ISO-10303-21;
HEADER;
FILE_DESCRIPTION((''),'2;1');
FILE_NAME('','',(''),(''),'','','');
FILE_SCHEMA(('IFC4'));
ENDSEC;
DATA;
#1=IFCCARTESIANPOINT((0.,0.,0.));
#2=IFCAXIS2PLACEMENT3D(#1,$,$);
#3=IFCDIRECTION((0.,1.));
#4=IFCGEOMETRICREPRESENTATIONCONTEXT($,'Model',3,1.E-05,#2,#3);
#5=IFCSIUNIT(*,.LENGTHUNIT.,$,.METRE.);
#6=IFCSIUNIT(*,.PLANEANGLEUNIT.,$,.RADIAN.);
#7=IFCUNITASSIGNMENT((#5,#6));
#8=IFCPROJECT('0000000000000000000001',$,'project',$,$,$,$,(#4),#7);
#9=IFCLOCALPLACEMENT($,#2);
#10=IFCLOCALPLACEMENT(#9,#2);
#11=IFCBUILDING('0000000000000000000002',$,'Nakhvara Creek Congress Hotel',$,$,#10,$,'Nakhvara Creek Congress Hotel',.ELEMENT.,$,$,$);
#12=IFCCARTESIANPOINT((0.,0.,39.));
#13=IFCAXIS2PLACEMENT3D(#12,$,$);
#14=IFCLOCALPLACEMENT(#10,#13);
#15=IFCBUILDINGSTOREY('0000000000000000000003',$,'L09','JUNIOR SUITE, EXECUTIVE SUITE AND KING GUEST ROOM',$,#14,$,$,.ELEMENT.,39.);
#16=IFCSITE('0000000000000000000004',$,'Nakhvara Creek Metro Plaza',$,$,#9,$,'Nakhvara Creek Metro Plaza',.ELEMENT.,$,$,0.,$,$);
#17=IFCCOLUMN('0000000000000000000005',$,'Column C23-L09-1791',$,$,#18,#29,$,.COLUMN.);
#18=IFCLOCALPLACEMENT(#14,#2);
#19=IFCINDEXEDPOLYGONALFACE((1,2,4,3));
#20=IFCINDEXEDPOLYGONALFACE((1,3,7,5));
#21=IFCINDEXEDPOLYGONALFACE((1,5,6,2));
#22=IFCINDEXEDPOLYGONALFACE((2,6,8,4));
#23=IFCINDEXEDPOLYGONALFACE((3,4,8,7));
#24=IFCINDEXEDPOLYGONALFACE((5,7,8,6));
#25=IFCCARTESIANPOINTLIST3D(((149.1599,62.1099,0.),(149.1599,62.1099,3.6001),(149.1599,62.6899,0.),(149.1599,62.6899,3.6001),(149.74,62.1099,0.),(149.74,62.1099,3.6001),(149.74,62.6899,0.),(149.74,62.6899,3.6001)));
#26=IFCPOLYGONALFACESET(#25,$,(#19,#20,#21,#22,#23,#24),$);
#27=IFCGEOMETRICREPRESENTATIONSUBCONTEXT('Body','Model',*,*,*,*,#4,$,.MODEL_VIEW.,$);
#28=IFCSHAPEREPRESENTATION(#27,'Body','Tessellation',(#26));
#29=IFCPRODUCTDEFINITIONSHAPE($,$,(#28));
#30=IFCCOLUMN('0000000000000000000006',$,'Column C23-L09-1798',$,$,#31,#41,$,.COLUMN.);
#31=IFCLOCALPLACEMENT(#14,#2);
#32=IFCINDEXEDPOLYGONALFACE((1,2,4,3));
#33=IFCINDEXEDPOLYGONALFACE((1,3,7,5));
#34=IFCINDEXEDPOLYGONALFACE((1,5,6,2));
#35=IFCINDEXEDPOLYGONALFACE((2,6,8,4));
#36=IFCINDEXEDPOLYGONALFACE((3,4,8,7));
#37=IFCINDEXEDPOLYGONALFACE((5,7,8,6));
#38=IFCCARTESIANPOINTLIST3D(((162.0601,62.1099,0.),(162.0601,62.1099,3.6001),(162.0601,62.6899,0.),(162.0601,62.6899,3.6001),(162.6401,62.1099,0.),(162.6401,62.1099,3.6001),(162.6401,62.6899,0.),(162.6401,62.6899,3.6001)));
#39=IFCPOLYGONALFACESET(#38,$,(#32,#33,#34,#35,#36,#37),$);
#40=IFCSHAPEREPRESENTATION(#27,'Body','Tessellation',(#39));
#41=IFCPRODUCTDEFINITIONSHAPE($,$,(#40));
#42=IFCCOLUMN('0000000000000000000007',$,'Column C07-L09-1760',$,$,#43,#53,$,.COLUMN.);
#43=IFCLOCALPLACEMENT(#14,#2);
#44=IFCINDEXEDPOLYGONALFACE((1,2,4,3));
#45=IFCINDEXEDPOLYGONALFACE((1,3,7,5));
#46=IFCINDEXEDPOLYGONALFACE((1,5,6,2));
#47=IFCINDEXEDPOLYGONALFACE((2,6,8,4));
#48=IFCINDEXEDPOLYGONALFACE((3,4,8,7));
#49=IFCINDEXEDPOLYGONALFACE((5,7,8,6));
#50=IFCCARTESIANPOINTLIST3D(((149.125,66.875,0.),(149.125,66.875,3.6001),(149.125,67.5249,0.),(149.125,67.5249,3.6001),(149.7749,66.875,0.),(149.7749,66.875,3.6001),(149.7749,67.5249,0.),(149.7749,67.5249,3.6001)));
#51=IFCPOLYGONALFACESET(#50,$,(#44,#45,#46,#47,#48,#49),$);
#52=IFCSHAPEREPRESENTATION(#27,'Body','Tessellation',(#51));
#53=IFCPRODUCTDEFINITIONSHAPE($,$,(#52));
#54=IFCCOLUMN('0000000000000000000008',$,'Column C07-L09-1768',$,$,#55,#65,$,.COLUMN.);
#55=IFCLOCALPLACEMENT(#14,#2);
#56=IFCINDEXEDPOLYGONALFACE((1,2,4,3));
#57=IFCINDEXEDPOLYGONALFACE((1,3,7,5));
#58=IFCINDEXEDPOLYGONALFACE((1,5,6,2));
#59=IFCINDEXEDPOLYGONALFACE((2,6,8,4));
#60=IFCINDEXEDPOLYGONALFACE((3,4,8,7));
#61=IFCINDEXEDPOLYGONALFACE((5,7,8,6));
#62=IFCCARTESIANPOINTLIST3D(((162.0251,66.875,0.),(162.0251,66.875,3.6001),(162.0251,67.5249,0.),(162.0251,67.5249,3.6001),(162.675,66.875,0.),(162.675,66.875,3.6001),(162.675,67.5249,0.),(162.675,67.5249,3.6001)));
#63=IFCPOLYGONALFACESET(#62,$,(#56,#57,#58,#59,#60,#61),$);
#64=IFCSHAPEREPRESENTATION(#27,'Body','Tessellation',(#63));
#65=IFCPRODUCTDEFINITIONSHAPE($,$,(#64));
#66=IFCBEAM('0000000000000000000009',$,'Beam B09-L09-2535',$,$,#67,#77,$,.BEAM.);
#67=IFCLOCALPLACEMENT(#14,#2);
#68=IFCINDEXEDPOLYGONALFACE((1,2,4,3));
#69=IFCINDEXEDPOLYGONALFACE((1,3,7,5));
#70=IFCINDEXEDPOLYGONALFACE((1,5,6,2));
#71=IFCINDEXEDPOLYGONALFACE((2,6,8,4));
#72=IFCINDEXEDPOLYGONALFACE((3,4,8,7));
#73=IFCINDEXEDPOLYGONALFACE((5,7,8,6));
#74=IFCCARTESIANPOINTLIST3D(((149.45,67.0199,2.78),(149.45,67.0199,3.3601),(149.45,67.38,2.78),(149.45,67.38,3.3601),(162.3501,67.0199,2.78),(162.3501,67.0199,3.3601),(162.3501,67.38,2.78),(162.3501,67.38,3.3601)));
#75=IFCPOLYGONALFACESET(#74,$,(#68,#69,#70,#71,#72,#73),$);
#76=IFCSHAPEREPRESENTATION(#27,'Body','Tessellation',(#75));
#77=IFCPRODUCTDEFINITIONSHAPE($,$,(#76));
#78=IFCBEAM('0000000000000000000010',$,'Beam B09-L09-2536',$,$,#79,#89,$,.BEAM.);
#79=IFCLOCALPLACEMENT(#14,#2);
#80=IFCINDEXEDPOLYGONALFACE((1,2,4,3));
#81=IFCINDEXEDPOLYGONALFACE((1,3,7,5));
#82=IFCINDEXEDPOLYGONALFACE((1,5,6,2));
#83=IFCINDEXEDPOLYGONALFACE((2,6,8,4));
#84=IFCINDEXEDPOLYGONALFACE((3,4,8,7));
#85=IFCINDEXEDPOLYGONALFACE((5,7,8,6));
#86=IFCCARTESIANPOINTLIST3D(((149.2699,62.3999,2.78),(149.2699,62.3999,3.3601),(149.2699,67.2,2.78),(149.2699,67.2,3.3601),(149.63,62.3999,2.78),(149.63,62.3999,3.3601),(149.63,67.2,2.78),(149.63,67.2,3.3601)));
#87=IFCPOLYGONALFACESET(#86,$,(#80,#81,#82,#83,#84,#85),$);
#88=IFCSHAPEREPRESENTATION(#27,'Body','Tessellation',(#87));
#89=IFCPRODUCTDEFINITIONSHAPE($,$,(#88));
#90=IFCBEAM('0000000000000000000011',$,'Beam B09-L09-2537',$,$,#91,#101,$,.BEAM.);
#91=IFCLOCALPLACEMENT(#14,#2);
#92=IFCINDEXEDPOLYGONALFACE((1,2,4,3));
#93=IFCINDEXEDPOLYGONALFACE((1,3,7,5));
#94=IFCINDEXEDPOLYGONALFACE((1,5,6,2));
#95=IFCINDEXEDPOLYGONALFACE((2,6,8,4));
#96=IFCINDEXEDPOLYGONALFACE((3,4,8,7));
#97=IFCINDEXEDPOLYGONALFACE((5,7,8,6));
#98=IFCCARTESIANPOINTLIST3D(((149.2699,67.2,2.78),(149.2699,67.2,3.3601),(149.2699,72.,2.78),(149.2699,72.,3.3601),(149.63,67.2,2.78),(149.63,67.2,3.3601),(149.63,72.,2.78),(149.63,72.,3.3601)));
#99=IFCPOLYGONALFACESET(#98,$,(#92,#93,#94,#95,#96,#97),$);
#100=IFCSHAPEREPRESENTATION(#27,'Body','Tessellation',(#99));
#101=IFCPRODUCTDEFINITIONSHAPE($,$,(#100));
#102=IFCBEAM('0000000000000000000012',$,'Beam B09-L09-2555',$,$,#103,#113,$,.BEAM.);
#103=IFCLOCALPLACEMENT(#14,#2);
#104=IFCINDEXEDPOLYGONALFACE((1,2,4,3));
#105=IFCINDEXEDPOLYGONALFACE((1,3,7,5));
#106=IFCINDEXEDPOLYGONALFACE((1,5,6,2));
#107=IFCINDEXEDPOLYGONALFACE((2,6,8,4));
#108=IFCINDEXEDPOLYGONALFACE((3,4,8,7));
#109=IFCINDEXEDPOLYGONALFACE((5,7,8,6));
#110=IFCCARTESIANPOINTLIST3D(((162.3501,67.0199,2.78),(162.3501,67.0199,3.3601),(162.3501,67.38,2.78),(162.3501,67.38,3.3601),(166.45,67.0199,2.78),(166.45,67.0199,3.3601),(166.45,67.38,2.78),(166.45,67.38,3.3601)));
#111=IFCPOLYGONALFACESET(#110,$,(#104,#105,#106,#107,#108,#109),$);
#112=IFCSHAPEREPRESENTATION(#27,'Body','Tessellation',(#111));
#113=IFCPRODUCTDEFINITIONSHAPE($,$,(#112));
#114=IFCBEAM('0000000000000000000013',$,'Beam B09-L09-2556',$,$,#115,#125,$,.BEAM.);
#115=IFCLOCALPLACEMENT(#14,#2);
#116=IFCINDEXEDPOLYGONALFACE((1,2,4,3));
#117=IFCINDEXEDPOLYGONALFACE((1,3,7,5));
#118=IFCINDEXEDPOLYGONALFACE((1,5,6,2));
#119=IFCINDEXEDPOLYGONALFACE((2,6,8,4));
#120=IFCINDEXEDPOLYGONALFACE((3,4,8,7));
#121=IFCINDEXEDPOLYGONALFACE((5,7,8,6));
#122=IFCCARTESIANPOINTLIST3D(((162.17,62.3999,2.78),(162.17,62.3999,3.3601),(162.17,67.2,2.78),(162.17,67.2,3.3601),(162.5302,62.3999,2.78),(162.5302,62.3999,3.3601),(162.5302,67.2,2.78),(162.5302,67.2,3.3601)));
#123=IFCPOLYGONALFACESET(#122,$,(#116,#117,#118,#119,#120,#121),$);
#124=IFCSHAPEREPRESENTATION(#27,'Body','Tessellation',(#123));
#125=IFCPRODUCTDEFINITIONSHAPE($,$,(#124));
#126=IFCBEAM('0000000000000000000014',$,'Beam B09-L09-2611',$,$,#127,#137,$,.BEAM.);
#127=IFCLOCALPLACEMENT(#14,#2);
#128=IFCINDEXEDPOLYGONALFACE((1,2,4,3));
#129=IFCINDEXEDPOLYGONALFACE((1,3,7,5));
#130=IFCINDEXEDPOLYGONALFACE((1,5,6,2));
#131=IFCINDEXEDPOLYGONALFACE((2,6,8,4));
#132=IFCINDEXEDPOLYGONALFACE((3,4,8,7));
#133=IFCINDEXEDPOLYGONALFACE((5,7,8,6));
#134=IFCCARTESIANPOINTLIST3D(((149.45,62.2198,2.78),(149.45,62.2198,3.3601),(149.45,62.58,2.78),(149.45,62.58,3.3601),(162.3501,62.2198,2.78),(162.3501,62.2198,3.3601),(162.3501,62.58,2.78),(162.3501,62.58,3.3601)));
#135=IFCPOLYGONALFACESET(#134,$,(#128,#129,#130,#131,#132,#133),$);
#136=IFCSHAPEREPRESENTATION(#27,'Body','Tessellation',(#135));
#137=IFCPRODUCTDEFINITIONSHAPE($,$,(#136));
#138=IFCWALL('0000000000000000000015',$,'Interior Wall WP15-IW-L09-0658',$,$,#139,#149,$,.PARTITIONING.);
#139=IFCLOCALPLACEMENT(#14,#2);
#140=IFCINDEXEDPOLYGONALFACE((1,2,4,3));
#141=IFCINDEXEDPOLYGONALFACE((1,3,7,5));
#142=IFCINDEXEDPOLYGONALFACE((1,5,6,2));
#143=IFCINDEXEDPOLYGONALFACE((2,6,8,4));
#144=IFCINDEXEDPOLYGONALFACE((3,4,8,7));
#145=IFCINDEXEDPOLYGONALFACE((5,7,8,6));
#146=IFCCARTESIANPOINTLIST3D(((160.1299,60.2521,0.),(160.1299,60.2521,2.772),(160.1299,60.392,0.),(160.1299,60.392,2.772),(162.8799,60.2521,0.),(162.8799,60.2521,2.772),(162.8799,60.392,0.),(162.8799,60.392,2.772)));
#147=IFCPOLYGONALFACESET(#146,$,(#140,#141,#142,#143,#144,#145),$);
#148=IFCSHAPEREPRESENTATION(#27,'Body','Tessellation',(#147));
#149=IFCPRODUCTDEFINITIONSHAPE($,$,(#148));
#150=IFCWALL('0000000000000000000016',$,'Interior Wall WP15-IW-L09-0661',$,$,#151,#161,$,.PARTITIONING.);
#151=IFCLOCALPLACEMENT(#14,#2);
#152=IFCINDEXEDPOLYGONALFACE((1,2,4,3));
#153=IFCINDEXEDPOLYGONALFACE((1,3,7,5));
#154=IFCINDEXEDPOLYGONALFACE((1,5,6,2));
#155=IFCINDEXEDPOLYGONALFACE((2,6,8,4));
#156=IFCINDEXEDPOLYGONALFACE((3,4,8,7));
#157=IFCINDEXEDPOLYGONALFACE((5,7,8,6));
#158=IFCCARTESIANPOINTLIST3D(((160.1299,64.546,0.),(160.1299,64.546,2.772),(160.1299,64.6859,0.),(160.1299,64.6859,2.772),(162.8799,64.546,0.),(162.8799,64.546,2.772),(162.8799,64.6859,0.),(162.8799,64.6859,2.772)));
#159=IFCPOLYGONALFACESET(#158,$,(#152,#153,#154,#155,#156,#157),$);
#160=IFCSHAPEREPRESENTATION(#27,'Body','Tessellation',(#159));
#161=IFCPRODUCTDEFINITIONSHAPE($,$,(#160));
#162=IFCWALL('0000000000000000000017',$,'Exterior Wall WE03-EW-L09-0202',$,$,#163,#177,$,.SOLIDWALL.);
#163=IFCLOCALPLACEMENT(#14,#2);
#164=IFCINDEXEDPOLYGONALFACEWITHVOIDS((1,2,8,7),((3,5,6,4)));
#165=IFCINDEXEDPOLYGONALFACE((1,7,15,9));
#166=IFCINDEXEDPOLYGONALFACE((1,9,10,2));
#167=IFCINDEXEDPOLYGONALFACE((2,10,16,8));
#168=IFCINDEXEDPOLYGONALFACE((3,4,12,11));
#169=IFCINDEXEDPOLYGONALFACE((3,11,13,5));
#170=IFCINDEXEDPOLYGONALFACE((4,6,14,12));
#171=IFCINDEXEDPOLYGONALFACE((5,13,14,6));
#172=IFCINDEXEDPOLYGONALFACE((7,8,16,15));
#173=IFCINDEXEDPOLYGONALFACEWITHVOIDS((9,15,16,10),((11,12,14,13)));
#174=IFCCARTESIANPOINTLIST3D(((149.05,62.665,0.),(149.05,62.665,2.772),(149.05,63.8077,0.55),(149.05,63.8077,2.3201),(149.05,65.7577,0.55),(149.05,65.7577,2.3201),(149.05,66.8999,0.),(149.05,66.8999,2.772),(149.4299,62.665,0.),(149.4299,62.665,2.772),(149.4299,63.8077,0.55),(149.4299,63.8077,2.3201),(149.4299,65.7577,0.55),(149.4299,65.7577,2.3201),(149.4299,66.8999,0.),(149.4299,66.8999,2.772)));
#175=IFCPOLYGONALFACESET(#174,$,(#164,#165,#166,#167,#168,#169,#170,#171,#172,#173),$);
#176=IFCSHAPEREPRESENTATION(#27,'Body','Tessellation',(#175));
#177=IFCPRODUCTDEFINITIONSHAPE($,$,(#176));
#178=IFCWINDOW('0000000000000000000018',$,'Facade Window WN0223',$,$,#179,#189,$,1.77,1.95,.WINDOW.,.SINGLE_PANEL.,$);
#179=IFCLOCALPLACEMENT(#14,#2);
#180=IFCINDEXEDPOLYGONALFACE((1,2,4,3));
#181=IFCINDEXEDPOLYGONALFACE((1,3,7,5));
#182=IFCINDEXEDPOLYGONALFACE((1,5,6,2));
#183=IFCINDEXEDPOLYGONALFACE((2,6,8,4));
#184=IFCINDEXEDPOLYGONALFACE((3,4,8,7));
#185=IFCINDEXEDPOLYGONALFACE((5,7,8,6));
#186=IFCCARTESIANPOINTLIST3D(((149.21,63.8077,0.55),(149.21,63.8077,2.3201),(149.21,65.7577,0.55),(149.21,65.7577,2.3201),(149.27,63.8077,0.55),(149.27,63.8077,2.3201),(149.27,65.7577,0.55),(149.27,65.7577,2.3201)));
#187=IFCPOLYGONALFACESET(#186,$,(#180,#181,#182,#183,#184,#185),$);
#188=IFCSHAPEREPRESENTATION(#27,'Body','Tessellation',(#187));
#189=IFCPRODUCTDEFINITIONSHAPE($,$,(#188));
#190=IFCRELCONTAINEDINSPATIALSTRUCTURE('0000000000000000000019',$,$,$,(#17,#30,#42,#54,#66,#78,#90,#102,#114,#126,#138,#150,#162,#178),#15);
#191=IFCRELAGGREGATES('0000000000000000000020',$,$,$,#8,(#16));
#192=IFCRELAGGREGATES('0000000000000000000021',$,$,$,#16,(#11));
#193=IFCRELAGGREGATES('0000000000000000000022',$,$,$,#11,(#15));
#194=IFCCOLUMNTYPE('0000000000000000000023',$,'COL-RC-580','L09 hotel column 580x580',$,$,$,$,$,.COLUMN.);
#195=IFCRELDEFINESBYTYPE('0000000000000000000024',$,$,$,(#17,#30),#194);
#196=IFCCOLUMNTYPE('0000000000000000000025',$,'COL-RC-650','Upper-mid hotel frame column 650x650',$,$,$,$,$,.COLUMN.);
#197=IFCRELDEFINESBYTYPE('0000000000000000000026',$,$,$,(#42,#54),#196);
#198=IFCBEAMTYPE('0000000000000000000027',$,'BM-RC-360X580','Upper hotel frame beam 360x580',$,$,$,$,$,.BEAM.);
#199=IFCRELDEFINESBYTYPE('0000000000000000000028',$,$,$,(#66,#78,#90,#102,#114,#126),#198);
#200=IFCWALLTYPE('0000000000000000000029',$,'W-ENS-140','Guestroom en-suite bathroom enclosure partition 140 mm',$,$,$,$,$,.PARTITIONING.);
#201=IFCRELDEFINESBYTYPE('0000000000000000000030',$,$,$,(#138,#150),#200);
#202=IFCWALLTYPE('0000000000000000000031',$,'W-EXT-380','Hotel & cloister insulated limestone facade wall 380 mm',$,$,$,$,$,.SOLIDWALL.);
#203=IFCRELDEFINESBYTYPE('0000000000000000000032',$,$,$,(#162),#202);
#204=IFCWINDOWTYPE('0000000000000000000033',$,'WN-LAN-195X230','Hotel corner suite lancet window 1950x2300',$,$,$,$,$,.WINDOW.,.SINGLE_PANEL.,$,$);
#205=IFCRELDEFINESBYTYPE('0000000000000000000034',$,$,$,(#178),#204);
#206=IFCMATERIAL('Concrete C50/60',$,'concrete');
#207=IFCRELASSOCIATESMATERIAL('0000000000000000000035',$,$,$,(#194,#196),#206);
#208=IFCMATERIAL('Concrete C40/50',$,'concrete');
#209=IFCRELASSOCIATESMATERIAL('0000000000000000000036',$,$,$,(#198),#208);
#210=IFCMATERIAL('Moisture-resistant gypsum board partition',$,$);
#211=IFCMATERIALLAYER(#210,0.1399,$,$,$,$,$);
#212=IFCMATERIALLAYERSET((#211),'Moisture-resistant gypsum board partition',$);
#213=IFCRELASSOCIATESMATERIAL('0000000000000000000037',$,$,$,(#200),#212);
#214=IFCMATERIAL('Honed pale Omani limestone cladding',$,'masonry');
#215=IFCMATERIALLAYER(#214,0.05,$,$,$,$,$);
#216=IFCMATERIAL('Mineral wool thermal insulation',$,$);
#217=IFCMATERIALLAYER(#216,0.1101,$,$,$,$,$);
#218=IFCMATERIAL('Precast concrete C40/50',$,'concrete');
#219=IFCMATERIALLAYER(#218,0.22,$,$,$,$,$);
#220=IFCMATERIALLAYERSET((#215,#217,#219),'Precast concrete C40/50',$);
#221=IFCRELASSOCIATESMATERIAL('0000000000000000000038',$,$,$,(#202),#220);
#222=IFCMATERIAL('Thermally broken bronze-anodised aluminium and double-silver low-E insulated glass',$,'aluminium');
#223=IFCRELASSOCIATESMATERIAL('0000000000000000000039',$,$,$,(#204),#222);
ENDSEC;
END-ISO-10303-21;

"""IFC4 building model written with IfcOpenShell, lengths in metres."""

from ifc_helpers import new_model, si_unit, direction, frame, frame_2d, origin, origin_2d, place, context, subcontext, project, spatial, rectangle, extrude, material, layer, layer_set, material_profile, profile_set, type_object, element, fill, save


model = new_model("IFC4")

# Units and contexts
model_context = context("Model", 3, precision=1e-05, world=origin(), true_north=direction((0.0, 1.0)))
body_context = subcontext(model_context, "Body", "Model", "MODEL_VIEW")
ifc_project = project(units=[si_unit("LENGTHUNIT", "METRE"), si_unit("PLANEANGLEUNIT", "RADIAN")], contexts=[model_context])

# Site, building, storey
site_placement = place(None, origin())
site = spatial("IfcSite", under=ifc_project, at=site_placement, Name="Nakhvara Creek Metro Plaza", LongName="Nakhvara Creek Metro Plaza", CompositionType="ELEMENT", RefElevation=0.0)
building_placement = place(site_placement, origin())
building = spatial("IfcBuilding", under=site, at=building_placement, Name="Nakhvara Creek Congress Hotel", LongName="Nakhvara Creek Congress Hotel", CompositionType="ELEMENT")
storey_placement = place(building_placement, frame((0.0, 0.0, 39.0)))
storey = spatial("IfcBuildingStorey", under=building, at=storey_placement, Name="L09", Description="JUNIOR SUITE, EXECUTIVE SUITE AND KING GUEST ROOM", CompositionType="ELEMENT", Elevation=39.0)

# Columns
ifc_material_1 = material(Name="Concrete C50/60", Category="concrete")
ifc_material_profile_1 = material_profile(ifc_material_1, rectangle(XDim=0.5801, YDim=0.5801, at=origin_2d()), Name="RC-COL 580x580", Category="LoadBearing")
ifc_profile_set_1 = profile_set([ifc_material_profile_1], Name="Concrete C50/60")
column_type_1 = type_object("IfcColumnType", Name="COL-RC-580", Description="L09 hotel column 580x580", PredefinedType="COLUMN", material=ifc_profile_set_1)
for number, where, z_axis, x_axis, name in (
    (1, (149.45, 62.3999, 0.0), (0.0, 0.0, 1.0), (1.0, 0.0, 0.0), "Column C23-L09-1791"),
    (2, (162.3501, 62.3999, 0.0), (0.0, 0.0, 1.0), (1.0, 0.0, 0.0), "Column C23-L09-1798"),
):
    element("IfcColumn", number, at=place(storey_placement, frame(where, z_axis=z_axis, x_axis=x_axis)), inside=storey, type_object=column_type_1, Name=name, PredefinedType="COLUMN", context=body_context, shape_type="SweptSolid", body=[
        extrude(rectangle(XDim=0.5801, YDim=0.5801, at=origin_2d()), origin(), (0.0, 0.0, 1.0), 3.6001),
    ])
ifc_material_profile_2 = material_profile(ifc_material_1, rectangle(XDim=0.6499, YDim=0.6499, at=origin_2d()), Name="RC-COL 650x650", Category="LoadBearing")
ifc_profile_set_2 = profile_set([ifc_material_profile_2], Name="Concrete C50/60")
column_type_2 = type_object("IfcColumnType", Name="COL-RC-650", Description="Upper-mid hotel frame column 650x650", PredefinedType="COLUMN", material=ifc_profile_set_2)
for number, where, z_axis, x_axis, name in (
    (3, (149.45, 67.2, 0.0), (0.0, 0.0, 1.0), (1.0, 0.0, 0.0), "Column C07-L09-1760"),
    (4, (162.3501, 67.2, 0.0), (0.0, 0.0, 1.0), (1.0, 0.0, 0.0), "Column C07-L09-1768"),
):
    element("IfcColumn", number, at=place(storey_placement, frame(where, z_axis=z_axis, x_axis=x_axis)), inside=storey, type_object=column_type_2, Name=name, PredefinedType="COLUMN", context=body_context, shape_type="SweptSolid", body=[
        extrude(rectangle(XDim=0.6499, YDim=0.6499, at=origin_2d()), origin(), (0.0, 0.0, 1.0), 3.6001),
    ])

# Beams
ifc_material_2 = material(Name="Concrete C40/50", Category="concrete")
ifc_material_profile_3 = material_profile(ifc_material_2, rectangle(XDim=0.3601, YDim=0.5801, at=origin_2d()), Name="RC-BM 360x580", Category="LoadBearing")
ifc_profile_set_3 = profile_set([ifc_material_profile_3], Name="Concrete C40/50")
beam_type = type_object("IfcBeamType", Name="BM-RC-360X580", Description="Upper hotel frame beam 360x580", PredefinedType="BEAM", material=ifc_profile_set_3)
beam_1_placement = place(storey_placement, frame((149.45, 67.2, 3.0701), z_axis=(1.0, 0.0, 0.0), x_axis=(0.0, 1.0, 0.0)))
element("IfcBeam", 5, at=beam_1_placement, inside=storey, type_object=beam_type, Name="Beam B09-L09-2535", PredefinedType="BEAM", context=body_context, shape_type="SweptSolid", body=[
    extrude(rectangle(XDim=0.3601, YDim=0.5801, at=origin_2d()), origin(), (0.0, 0.0, 1.0), 12.9001),
])
for number, where, z_axis, x_axis, name in (
    (6, (149.45, 62.3999, 3.0701), (0.0, 1.0, 0.0), (-1.0, 0.0, 0.0), "Beam B09-L09-2536"),
    (7, (149.45, 67.2, 3.0701), (0.0, 1.0, 0.0), (-1.0, 0.0, 0.0), "Beam B09-L09-2537"),
):
    element("IfcBeam", number, at=place(storey_placement, frame(where, z_axis=z_axis, x_axis=x_axis)), inside=storey, type_object=beam_type, Name=name, PredefinedType="BEAM", context=body_context, shape_type="SweptSolid", body=[
        extrude(rectangle(XDim=0.3601, YDim=0.5801, at=origin_2d()), origin(), (0.0, 0.0, 1.0), 4.8),
    ])
beam_2_placement = place(storey_placement, frame((162.3501, 67.2, 3.0701), z_axis=(1.0, 0.0, 0.0), x_axis=(0.0, 1.0, 0.0)))
element("IfcBeam", 8, at=beam_2_placement, inside=storey, type_object=beam_type, Name="Beam B09-L09-2555", PredefinedType="BEAM", context=body_context, shape_type="SweptSolid", body=[
    extrude(rectangle(XDim=0.3601, YDim=0.5801, at=origin_2d()), origin(), (0.0, 0.0, 1.0), 4.0999),
])
beam_3_placement = place(storey_placement, frame((162.3501, 62.3999, 3.0701), z_axis=(0.0, 1.0, 0.0), x_axis=(-1.0, 0.0, 0.0)))
element("IfcBeam", 9, at=beam_3_placement, inside=storey, type_object=beam_type, Name="Beam B09-L09-2556", PredefinedType="BEAM", context=body_context, shape_type="SweptSolid", body=[
    extrude(rectangle(XDim=0.3601, YDim=0.5801, at=origin_2d()), origin(), (0.0, 0.0, 1.0), 4.8),
])
beam_4_placement = place(storey_placement, frame((149.45, 62.3999, 3.0701), z_axis=(1.0, 0.0, 0.0), x_axis=(0.0, 1.0, 0.0)))
element("IfcBeam", 10, at=beam_4_placement, inside=storey, type_object=beam_type, Name="Beam B09-L09-2611", PredefinedType="BEAM", context=body_context, shape_type="SweptSolid", body=[
    extrude(rectangle(XDim=0.3601, YDim=0.5801, at=origin_2d()), origin(), (0.0, 0.0, 1.0), 12.9001),
])

# Shared definitions
ifc_material_3 = material(Name="Moisture-resistant gypsum board partition")
ifc_layer_1 = layer(ifc_material_3, 0.1399)
ifc_layer_set_1 = layer_set([ifc_layer_1], Name="Moisture-resistant gypsum board partition")
wall_type_1 = type_object("IfcWallType", Name="W-ENS-140", Description="Guestroom en-suite bathroom enclosure partition 140 mm", PredefinedType="PARTITIONING", material=ifc_layer_set_1)

# Wall
wall_1_placement = place(storey_placement, frame((160.1299, 60.322, 0.0), z_axis=(0.0, 0.0, 1.0), x_axis=(1.0, 0.0, 0.0)))
element("IfcWall", 11, at=wall_1_placement, inside=storey, type_object=wall_type_1, Name="Interior Wall WP15-IW-L09-0658", PredefinedType="PARTITIONING", context=body_context, shape_type="SweptSolid", body=[
    extrude(rectangle(XDim=2.75, YDim=0.1399, at=frame_2d((1.375, 0.0))), origin(), (0.0, 0.0, 1.0), 2.772),
])

# Wall
wall_2_placement = place(storey_placement, frame((160.1299, 64.616, 0.0), z_axis=(0.0, 0.0, 1.0), x_axis=(1.0, 0.0, 0.0)))
element("IfcWall", 12, at=wall_2_placement, inside=storey, type_object=wall_type_1, Name="Interior Wall WP15-IW-L09-0661", PredefinedType="PARTITIONING", context=body_context, shape_type="SweptSolid", body=[
    extrude(rectangle(XDim=2.75, YDim=0.1399, at=frame_2d((1.375, 0.0))), origin(), (0.0, 0.0, 1.0), 2.772),
])

# Wall, opening, window
ifc_material_4 = material(Name="Honed pale Omani limestone cladding", Category="masonry")
ifc_layer_2 = layer(ifc_material_4, 0.05)
ifc_material_5 = material(Name="Mineral wool thermal insulation")
ifc_layer_3 = layer(ifc_material_5, 0.1101)
ifc_material_6 = material(Name="Precast concrete C40/50", Category="concrete")
ifc_layer_4 = layer(ifc_material_6, 0.22)
ifc_layer_set_2 = layer_set([ifc_layer_2, ifc_layer_3, ifc_layer_4], Name="Precast concrete C40/50")
wall_type_2 = type_object("IfcWallType", Name="W-EXT-380", Description="Hotel & cloister insulated limestone facade wall 380 mm", PredefinedType="SOLIDWALL", material=ifc_layer_set_2)
wall_3_placement = place(storey_placement, frame((149.24, 62.665, 0.0), z_axis=(0.0, 0.0, 1.0), x_axis=(0.0, 1.0, 0.0)))
wall_3 = element("IfcWall", 13, at=wall_3_placement, inside=storey, type_object=wall_type_2, Name="Exterior Wall WE03-EW-L09-0202", PredefinedType="SOLIDWALL", context=body_context, shape_type="SweptSolid", body=[
    extrude(rectangle(XDim=4.2349, YDim=0.3799, at=frame_2d((2.1174, 0.0))), origin(), (0.0, 0.0, 1.0), 2.772),
])
opening_1_placement = place(wall_3_placement, frame((1.1426, 0.0, 0.55)))
opening_1 = element("IfcOpeningElement", 14, at=opening_1_placement, cuts=wall_3, PredefinedType="OPENING", context=body_context, shape_type="SweptSolid", body=[
    extrude(rectangle(XDim=1.95, YDim=1.77, at=frame_2d((0.9751, 0.885))), frame((0.0, 0.2019, 0.0), z_axis=(0.0, -1.0, 0.0), x_axis=(1.0, 0.0, 0.0)), (0.0, 0.0, 1.0), 0.4038),
])
ifc_material_7 = material(Name="Thermally broken bronze-anodised aluminium and double-silver low-E insulated glass", Category="aluminium")
window_type = type_object("IfcWindowType", Name="WN-LAN-195X230", Description="Hotel corner suite lancet window 1950x2300", PartitioningType="SINGLE_PANEL", PredefinedType="WINDOW", material=ifc_material_7)
window_placement = place(opening_1_placement, origin())
window = element("IfcWindow", 15, at=window_placement, inside=storey, type_object=window_type, Name="Facade Window WN0223", OverallHeight=1.77, OverallWidth=1.95, PartitioningType="SINGLE_PANEL", PredefinedType="WINDOW", context=body_context, shape_type="SweptSolid", body=[
    extrude(rectangle(XDim=1.95, YDim=1.77, at=frame_2d((0.9751, 0.885))), frame((0.0, 0.03, 0.0), z_axis=(0.0, -1.0, 0.0), x_axis=(1.0, 0.0, 0.0)), (0.0, 0.0, 1.0), 0.0601),
])
fill(opening_1, window)

save(model, "model.ifc")
